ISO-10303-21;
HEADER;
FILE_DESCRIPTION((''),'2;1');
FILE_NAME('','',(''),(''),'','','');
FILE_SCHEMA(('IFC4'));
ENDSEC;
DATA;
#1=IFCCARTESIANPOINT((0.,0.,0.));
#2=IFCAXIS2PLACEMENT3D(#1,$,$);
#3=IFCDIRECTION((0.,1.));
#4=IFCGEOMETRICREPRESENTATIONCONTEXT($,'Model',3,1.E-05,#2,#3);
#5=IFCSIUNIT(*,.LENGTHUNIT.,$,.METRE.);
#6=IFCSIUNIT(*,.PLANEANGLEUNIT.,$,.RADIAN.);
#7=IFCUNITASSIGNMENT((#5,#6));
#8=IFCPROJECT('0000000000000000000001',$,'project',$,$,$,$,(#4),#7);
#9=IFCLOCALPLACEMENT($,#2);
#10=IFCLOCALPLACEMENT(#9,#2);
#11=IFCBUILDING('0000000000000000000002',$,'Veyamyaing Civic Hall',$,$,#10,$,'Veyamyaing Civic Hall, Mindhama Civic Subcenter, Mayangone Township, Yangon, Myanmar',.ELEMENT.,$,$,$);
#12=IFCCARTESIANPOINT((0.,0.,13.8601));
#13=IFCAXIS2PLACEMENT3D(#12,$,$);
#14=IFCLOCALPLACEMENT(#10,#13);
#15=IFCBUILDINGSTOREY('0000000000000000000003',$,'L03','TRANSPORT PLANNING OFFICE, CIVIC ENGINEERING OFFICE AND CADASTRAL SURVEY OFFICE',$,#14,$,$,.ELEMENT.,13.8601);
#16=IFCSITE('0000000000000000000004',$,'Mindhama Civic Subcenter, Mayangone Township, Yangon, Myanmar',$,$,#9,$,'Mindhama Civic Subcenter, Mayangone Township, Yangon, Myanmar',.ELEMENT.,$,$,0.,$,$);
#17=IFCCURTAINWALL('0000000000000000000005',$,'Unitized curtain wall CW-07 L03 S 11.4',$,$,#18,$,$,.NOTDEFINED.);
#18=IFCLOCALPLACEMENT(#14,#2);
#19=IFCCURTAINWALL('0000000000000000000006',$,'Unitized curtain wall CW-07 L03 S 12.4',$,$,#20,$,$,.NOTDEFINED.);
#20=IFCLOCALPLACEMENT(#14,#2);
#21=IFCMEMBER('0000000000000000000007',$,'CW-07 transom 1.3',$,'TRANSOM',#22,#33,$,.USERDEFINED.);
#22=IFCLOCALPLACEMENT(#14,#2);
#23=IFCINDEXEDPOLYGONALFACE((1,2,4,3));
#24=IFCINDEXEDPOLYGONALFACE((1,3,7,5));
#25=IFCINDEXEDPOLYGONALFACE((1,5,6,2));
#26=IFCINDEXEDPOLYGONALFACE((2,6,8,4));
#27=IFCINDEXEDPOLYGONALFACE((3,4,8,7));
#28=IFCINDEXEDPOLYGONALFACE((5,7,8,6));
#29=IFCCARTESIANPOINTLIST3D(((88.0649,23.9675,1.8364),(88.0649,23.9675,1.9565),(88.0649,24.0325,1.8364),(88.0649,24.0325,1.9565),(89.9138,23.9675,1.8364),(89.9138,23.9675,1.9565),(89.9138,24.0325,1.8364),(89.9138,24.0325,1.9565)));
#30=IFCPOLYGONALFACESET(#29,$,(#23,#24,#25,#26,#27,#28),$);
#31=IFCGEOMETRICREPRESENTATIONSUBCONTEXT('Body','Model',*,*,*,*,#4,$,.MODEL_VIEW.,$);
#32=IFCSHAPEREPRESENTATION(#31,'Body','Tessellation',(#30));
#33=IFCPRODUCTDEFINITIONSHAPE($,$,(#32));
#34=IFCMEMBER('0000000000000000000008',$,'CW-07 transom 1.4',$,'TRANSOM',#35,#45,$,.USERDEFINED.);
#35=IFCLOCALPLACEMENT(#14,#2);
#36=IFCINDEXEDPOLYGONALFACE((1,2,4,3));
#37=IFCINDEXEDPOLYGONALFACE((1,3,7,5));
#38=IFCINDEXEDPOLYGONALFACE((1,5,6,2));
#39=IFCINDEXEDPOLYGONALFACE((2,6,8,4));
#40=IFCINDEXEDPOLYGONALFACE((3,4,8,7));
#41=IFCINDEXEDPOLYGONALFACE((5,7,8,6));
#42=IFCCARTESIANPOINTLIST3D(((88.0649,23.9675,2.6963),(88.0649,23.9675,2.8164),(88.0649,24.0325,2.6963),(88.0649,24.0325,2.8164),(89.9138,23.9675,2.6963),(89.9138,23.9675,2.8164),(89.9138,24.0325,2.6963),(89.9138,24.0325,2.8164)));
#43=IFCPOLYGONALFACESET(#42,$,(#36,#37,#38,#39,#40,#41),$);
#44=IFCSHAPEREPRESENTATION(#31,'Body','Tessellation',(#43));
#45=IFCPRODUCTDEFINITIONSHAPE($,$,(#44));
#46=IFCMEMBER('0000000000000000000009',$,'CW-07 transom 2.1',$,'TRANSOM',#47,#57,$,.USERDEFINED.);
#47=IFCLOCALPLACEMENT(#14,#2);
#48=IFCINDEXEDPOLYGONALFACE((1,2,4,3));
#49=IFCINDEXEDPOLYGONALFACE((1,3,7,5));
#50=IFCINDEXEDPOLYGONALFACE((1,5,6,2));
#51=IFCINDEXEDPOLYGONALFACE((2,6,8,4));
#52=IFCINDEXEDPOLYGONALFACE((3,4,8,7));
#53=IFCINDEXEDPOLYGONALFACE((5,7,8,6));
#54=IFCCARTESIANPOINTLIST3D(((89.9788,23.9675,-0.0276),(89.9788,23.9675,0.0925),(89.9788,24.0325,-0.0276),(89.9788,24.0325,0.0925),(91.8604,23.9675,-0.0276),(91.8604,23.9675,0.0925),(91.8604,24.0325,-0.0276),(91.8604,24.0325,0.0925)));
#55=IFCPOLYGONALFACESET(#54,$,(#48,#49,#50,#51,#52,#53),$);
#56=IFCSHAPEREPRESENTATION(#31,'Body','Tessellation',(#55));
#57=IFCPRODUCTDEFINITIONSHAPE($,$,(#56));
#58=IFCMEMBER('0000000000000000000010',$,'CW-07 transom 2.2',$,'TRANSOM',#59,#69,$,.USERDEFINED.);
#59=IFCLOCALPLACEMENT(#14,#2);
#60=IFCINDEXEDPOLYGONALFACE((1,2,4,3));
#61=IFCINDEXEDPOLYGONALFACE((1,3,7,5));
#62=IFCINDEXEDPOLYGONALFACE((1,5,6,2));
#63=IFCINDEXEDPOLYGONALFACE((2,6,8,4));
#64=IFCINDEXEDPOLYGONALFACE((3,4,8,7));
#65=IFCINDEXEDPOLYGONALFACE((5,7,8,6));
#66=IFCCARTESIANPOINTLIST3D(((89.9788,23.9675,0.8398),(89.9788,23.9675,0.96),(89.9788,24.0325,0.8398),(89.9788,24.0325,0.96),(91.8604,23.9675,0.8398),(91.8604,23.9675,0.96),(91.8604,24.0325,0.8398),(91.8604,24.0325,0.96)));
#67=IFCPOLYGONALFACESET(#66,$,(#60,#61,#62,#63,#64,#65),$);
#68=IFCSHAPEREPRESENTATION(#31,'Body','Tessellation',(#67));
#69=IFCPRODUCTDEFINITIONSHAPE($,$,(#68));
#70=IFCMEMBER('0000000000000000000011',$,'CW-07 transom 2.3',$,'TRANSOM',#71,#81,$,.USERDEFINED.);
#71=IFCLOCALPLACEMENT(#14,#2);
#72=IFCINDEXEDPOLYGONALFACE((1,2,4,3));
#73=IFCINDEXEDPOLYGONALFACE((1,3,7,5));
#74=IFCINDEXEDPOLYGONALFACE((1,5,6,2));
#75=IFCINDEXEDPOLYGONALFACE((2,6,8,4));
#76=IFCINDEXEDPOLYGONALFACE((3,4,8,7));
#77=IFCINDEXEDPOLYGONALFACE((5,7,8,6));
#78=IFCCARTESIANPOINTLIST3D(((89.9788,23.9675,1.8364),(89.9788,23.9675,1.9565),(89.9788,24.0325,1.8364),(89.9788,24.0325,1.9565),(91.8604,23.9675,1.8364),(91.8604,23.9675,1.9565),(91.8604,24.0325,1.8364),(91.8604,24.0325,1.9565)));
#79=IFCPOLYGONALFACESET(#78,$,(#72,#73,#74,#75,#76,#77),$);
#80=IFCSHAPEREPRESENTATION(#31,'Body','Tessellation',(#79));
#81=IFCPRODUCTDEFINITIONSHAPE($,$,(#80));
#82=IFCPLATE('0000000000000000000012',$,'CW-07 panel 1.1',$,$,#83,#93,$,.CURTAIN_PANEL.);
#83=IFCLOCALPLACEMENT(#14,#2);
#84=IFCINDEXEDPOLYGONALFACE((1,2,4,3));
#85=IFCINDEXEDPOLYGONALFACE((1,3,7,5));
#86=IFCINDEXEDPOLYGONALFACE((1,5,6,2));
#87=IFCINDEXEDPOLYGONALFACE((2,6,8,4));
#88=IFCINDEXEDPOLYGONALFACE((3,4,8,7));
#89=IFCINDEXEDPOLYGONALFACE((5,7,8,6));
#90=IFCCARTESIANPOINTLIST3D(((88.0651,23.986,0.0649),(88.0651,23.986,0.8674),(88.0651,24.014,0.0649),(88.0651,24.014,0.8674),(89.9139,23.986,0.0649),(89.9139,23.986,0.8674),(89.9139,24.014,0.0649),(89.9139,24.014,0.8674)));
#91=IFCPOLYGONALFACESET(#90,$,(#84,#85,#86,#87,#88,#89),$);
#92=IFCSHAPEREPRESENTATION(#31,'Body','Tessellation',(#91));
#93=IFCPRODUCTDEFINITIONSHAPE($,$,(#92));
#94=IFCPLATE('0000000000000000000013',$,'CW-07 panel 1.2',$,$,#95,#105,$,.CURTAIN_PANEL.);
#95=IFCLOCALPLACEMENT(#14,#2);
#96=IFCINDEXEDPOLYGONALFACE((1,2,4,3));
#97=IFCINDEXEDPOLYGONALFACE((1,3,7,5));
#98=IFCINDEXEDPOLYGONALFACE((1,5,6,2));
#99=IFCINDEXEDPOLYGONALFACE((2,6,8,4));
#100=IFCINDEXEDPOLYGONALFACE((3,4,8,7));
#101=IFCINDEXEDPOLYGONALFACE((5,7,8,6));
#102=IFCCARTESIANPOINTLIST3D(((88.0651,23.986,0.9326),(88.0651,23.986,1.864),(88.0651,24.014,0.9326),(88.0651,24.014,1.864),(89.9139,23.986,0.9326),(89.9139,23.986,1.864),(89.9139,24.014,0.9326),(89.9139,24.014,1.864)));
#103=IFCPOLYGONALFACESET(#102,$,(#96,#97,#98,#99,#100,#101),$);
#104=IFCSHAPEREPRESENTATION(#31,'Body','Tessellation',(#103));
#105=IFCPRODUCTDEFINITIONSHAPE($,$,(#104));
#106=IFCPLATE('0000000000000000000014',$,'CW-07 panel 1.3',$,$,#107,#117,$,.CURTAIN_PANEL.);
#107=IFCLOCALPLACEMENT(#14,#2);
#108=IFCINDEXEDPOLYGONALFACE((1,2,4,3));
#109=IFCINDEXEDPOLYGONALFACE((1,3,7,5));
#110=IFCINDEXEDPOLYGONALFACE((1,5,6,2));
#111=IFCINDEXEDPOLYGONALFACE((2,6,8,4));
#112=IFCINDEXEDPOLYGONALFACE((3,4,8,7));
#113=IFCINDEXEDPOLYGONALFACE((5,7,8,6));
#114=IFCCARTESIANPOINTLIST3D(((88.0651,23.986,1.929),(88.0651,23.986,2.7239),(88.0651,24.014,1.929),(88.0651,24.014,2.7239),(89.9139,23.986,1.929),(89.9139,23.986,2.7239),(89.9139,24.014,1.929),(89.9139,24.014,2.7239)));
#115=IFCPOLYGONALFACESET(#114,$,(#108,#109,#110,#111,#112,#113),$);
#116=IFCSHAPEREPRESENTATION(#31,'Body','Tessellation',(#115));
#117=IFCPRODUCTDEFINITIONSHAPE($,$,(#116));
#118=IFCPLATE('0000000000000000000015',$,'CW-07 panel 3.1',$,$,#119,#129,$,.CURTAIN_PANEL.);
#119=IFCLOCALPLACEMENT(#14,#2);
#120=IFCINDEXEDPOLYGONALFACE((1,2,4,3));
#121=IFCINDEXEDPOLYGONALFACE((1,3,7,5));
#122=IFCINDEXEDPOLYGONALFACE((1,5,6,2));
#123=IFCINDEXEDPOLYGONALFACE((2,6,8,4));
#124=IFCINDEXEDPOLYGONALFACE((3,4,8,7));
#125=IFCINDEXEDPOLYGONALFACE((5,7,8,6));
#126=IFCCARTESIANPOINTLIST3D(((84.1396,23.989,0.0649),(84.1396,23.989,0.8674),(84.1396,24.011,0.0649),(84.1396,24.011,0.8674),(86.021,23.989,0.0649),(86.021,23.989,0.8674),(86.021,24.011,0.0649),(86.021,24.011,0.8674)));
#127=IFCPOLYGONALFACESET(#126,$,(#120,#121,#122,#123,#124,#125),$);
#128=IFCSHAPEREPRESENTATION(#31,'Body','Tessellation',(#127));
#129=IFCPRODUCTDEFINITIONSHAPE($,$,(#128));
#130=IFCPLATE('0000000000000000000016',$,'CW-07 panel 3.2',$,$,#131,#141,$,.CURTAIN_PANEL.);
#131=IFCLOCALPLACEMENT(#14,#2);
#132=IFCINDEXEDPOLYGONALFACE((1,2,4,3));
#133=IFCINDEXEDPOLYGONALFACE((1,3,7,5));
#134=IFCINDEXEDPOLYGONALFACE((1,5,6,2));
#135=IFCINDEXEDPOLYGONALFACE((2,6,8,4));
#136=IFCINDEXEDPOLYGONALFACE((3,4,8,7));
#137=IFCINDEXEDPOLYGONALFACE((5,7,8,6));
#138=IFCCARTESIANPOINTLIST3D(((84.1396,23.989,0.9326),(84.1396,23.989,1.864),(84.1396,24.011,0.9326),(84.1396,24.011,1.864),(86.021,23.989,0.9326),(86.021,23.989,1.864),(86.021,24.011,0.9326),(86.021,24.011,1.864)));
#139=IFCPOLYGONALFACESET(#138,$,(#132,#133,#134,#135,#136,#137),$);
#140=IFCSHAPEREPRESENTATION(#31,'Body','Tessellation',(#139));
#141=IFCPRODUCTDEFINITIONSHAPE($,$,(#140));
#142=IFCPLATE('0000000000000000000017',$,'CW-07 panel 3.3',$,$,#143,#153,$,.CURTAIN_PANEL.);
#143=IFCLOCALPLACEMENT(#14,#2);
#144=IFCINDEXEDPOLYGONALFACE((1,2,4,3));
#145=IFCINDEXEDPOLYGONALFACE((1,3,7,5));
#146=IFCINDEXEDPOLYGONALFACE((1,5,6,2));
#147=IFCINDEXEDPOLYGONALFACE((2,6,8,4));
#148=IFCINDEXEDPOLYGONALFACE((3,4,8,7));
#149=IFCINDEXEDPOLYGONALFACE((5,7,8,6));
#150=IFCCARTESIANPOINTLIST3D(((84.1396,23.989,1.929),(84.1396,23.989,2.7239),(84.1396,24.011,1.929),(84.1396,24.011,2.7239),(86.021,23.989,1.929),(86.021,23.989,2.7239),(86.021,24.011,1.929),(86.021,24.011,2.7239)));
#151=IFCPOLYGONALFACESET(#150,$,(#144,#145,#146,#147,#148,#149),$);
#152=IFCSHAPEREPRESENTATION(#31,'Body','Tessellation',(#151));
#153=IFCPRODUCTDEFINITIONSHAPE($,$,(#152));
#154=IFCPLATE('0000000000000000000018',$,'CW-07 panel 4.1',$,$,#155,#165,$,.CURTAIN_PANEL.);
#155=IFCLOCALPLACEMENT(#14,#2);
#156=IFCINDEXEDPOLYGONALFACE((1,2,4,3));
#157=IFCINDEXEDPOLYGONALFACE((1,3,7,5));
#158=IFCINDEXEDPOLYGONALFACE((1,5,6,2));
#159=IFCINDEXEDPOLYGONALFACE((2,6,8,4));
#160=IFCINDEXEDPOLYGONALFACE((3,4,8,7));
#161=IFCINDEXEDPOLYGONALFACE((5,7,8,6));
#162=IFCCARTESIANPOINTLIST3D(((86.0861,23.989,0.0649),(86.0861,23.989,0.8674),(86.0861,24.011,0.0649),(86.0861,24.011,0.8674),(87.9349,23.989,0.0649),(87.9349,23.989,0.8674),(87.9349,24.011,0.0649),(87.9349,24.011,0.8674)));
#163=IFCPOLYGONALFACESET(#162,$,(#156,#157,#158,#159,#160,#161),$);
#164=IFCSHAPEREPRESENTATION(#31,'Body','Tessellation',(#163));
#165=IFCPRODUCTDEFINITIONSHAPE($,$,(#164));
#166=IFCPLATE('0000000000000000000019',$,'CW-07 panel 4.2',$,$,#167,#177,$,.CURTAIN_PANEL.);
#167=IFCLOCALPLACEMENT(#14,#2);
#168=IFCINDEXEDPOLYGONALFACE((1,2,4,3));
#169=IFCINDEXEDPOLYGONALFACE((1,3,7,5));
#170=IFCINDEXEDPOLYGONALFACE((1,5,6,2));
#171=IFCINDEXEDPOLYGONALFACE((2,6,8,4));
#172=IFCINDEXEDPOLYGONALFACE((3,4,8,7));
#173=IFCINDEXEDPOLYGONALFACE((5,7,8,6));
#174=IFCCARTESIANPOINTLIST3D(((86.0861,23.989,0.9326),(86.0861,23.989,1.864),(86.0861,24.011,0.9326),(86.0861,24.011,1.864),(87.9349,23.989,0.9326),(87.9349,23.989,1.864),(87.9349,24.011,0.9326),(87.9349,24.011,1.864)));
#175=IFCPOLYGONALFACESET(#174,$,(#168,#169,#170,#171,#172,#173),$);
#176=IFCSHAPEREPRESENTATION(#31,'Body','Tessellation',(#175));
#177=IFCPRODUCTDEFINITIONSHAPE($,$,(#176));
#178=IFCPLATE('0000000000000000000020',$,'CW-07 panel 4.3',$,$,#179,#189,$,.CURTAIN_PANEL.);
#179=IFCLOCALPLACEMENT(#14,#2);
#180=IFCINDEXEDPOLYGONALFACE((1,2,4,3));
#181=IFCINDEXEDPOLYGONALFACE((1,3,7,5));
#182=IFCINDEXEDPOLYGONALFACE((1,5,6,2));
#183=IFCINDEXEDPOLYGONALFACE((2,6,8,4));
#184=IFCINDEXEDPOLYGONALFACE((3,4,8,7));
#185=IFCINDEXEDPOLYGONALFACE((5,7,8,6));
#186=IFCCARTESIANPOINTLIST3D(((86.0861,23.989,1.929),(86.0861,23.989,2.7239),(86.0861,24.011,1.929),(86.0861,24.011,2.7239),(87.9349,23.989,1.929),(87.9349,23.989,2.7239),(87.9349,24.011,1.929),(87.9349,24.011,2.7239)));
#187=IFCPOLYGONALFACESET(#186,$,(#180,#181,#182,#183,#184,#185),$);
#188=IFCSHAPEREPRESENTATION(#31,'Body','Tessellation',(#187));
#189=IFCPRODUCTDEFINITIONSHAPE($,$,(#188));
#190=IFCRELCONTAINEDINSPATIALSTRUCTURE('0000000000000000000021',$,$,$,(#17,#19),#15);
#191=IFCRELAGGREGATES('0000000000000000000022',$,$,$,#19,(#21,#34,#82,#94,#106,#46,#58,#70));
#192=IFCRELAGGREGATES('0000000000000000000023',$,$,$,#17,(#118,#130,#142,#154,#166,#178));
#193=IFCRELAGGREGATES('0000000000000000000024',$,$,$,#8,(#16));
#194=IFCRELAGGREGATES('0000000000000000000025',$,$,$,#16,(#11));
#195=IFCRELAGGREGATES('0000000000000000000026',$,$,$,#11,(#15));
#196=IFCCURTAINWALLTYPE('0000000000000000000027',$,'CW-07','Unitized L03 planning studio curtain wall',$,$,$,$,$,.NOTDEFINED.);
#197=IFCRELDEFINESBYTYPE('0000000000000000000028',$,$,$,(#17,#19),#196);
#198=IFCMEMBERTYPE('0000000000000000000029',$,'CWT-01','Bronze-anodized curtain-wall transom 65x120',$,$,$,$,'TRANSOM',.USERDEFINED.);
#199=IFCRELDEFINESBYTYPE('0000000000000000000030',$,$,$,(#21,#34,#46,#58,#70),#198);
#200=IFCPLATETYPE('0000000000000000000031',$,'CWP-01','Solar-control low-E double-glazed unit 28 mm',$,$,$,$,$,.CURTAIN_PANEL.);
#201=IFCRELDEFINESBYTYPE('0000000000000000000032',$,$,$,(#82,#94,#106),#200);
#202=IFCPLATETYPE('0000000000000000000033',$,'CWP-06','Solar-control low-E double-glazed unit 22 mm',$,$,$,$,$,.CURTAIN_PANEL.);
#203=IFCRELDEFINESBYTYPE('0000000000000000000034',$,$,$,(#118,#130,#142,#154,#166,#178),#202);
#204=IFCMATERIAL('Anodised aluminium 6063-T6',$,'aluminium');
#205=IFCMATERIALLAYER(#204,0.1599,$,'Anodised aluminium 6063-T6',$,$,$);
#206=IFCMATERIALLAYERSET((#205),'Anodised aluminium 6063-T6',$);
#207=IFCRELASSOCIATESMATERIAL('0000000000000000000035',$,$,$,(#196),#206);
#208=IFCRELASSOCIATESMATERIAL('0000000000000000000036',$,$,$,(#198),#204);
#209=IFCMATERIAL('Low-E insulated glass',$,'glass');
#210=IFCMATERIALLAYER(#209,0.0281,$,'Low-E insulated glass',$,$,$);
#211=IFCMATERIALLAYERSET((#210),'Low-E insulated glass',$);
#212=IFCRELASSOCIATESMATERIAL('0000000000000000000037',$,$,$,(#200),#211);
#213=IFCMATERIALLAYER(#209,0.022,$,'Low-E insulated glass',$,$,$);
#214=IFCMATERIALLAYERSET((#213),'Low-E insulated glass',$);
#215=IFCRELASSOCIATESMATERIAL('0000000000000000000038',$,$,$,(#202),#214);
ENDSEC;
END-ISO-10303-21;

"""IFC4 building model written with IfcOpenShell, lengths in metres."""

from ifc_helpers import new_model, si_unit, direction, frame, origin, origin_2d, place, context, subcontext, project, spatial, rectangle, extrude, material, layer, layer_set, material_profile, profile_set, type_object, element, aggregate, save


model = new_model("IFC4")

# Units and contexts
model_context = context("Model", 3, precision=1e-05, world=origin(), true_north=direction((0.0, 1.0)))
body_context = subcontext(model_context, "Body", "Model", "MODEL_VIEW")
ifc_project = project(units=[si_unit("LENGTHUNIT", "METRE"), si_unit("PLANEANGLEUNIT", "RADIAN")], contexts=[model_context])

# Site, building, storey
site_placement = place(None, origin())
site = spatial("IfcSite", under=ifc_project, at=site_placement, Name="Mindhama Civic Subcenter, Mayangone Township, Yangon, Myanmar", LongName="Mindhama Civic Subcenter, Mayangone Township, Yangon, Myanmar", CompositionType="ELEMENT", RefElevation=0.0)
building_placement = place(site_placement, origin())
building = spatial("IfcBuilding", under=site, at=building_placement, Name="Veyamyaing Civic Hall", LongName="Veyamyaing Civic Hall, Mindhama Civic Subcenter, Mayangone Township, Yangon, Myanmar", CompositionType="ELEMENT")
storey_placement = place(building_placement, frame((0.0, 0.0, 13.8601)))
storey = spatial("IfcBuildingStorey", under=building, at=storey_placement, Name="L03", Description="TRANSPORT PLANNING OFFICE, CIVIC ENGINEERING OFFICE AND CADASTRAL SURVEY OFFICE", CompositionType="ELEMENT", Elevation=13.8601)

# Curtain walls
ifc_material_1 = material(Name="Anodised aluminium 6063-T6", Category="aluminium")
ifc_layer_1 = layer(ifc_material_1, 0.1599, Name="Anodised aluminium 6063-T6")
ifc_layer_set_1 = layer_set([ifc_layer_1], Name="Anodised aluminium 6063-T6")
curtain_wall_type = type_object("IfcCurtainWallType", Name="CW-07", Description="Unitized L03 planning studio curtain wall", PredefinedType="NOTDEFINED", material=ifc_layer_set_1)
curtain_wall_1_placement = place(storey_placement, origin())
curtain_wall_1 = element("IfcCurtainWall", 1, at=curtain_wall_1_placement, inside=storey, type_object=curtain_wall_type, Name="Unitized curtain wall CW-07 L03 S 11.4", PredefinedType="NOTDEFINED")
curtain_wall_2_placement = place(storey_placement, origin())
curtain_wall_2 = element("IfcCurtainWall", 2, at=curtain_wall_2_placement, inside=storey, type_object=curtain_wall_type, Name="Unitized curtain wall CW-07 L03 S 12.4", PredefinedType="NOTDEFINED")

# Members
ifc_material_profile_1 = material_profile(ifc_material_1, rectangle(XDim=0.0649, YDim=0.1201, at=origin_2d()), Name="ALU-TRN-65X120")
ifc_profile_set_1 = profile_set([ifc_material_profile_1], Name="Anodised aluminium 6063-T6")
member_type_1 = type_object("IfcMemberType", Name="CWT-01", Description="Bronze-anodized curtain-wall transom 65x120", ElementType="TRANSOM", PredefinedType="USERDEFINED", material=ifc_profile_set_1)
member_1_placement = place(storey_placement, frame((88.0649, 24.0, 1.8965), z_axis=(1.0, 0.0, 0.0), x_axis=(0.0, 1.0, 0.0)))
member_1 = element("IfcMember", 3, at=member_1_placement, type_object=member_type_1, Name="CW-07 transom 1.3", ObjectType="TRANSOM", PredefinedType="USERDEFINED", context=body_context, shape_type="SweptSolid", body=[
    extrude(rectangle(XDim=0.0649, YDim=0.1201, at=origin_2d()), origin(), (0.0, 0.0, 1.0), 1.8489),
])
member_2_placement = place(storey_placement, frame((88.0649, 24.0, 2.7563), z_axis=(1.0, 0.0, 0.0), x_axis=(0.0, 1.0, 0.0)))
member_2 = element("IfcMember", 4, at=member_2_placement, type_object=member_type_1, Name="CW-07 transom 1.4", ObjectType="TRANSOM", PredefinedType="USERDEFINED", context=body_context, shape_type="SweptSolid", body=[
    extrude(rectangle(XDim=0.0649, YDim=0.1201, at=origin_2d()), origin(), (0.0, 0.0, 1.0), 1.8489),
])
member_3_placement = place(storey_placement, frame((89.9788, 24.0, 0.0325), z_axis=(1.0, 0.0, 0.0), x_axis=(0.0, 1.0, 0.0)))
member_3 = element("IfcMember", 5, at=member_3_placement, type_object=member_type_1, Name="CW-07 transom 2.1", ObjectType="TRANSOM", PredefinedType="USERDEFINED", context=body_context, shape_type="SweptSolid", body=[
    extrude(rectangle(XDim=0.0649, YDim=0.1201, at=origin_2d()), origin(), (0.0, 0.0, 1.0), 1.8816),
])
member_4_placement = place(storey_placement, frame((89.9788, 24.0, 0.8999), z_axis=(1.0, 0.0, 0.0), x_axis=(0.0, 1.0, 0.0)))
member_4 = element("IfcMember", 6, at=member_4_placement, type_object=member_type_1, Name="CW-07 transom 2.2", ObjectType="TRANSOM", PredefinedType="USERDEFINED", context=body_context, shape_type="SweptSolid", body=[
    extrude(rectangle(XDim=0.0649, YDim=0.1201, at=origin_2d()), origin(), (0.0, 0.0, 1.0), 1.8816),
])
member_5_placement = place(storey_placement, frame((89.9788, 24.0, 1.8965), z_axis=(1.0, 0.0, 0.0), x_axis=(0.0, 1.0, 0.0)))
member_5 = element("IfcMember", 7, at=member_5_placement, type_object=member_type_1, Name="CW-07 transom 2.3", ObjectType="TRANSOM", PredefinedType="USERDEFINED", context=body_context, shape_type="SweptSolid", body=[
    extrude(rectangle(XDim=0.0649, YDim=0.1201, at=origin_2d()), origin(), (0.0, 0.0, 1.0), 1.8816),
])

# Plates
ifc_material_2 = material(Name="Low-E insulated glass", Category="glass")
ifc_layer_2 = layer(ifc_material_2, 0.0281, Name="Low-E insulated glass")
ifc_layer_set_2 = layer_set([ifc_layer_2], Name="Low-E insulated glass")
plate_type_1 = type_object("IfcPlateType", Name="CWP-01", Description="Solar-control low-E double-glazed unit 28 mm", PredefinedType="CURTAIN_PANEL", material=ifc_layer_set_2)
plate_1_placement = place(storey_placement, frame((88.9895, 24.0, 0.0649), z_axis=(0.0, 0.0, 1.0), x_axis=(1.0, 0.0, 0.0)))
plate_1 = element("IfcPlate", 8, at=plate_1_placement, type_object=plate_type_1, Name="CW-07 panel 1.1", PredefinedType="CURTAIN_PANEL", context=body_context, shape_type="SweptSolid", body=[
    extrude(rectangle(XDim=1.8489, YDim=0.0281, at=origin_2d()), origin(), (0.0, 0.0, 1.0), 0.8025),
])
plate_2_placement = place(storey_placement, frame((88.9895, 24.0, 0.9326), z_axis=(0.0, 0.0, 1.0), x_axis=(1.0, 0.0, 0.0)))
plate_2 = element("IfcPlate", 9, at=plate_2_placement, type_object=plate_type_1, Name="CW-07 panel 1.2", PredefinedType="CURTAIN_PANEL", context=body_context, shape_type="SweptSolid", body=[
    extrude(rectangle(XDim=1.8489, YDim=0.0281, at=origin_2d()), origin(), (0.0, 0.0, 1.0), 0.9314),
])
plate_3_placement = place(storey_placement, frame((88.9895, 24.0, 1.929), z_axis=(0.0, 0.0, 1.0), x_axis=(1.0, 0.0, 0.0)))
plate_3 = element("IfcPlate", 10, at=plate_3_placement, type_object=plate_type_1, Name="CW-07 panel 1.3", PredefinedType="CURTAIN_PANEL", context=body_context, shape_type="SweptSolid", body=[
    extrude(rectangle(XDim=1.8489, YDim=0.0281, at=origin_2d()), origin(), (0.0, 0.0, 1.0), 0.7949),
])
aggregate(curtain_wall_2, [member_1, member_2, plate_1, plate_2, plate_3, member_3, member_4, member_5])
ifc_layer_3 = layer(ifc_material_2, 0.022, Name="Low-E insulated glass")
ifc_layer_set_3 = layer_set([ifc_layer_3], Name="Low-E insulated glass")
plate_type_2 = type_object("IfcPlateType", Name="CWP-06", Description="Solar-control low-E double-glazed unit 22 mm", PredefinedType="CURTAIN_PANEL", material=ifc_layer_set_3)
plate_4_placement = place(storey_placement, frame((85.0803, 24.0, 0.0649), z_axis=(0.0, 0.0, 1.0), x_axis=(1.0, 0.0, 0.0)))
plate_4 = element("IfcPlate", 11, at=plate_4_placement, type_object=plate_type_2, Name="CW-07 panel 3.1", PredefinedType="CURTAIN_PANEL", context=body_context, shape_type="SweptSolid", body=[
    extrude(rectangle(XDim=1.8813, YDim=0.022, at=origin_2d()), origin(), (0.0, 0.0, 1.0), 0.8025),
])
plate_5_placement = place(storey_placement, frame((85.0803, 24.0, 0.9326), z_axis=(0.0, 0.0, 1.0), x_axis=(1.0, 0.0, 0.0)))
plate_5 = element("IfcPlate", 12, at=plate_5_placement, type_object=plate_type_2, Name="CW-07 panel 3.2", PredefinedType="CURTAIN_PANEL", context=body_context, shape_type="SweptSolid", body=[
    extrude(rectangle(XDim=1.8813, YDim=0.022, at=origin_2d()), origin(), (0.0, 0.0, 1.0), 0.9314),
])
plate_6_placement = place(storey_placement, frame((85.0803, 24.0, 1.929), z_axis=(0.0, 0.0, 1.0), x_axis=(1.0, 0.0, 0.0)))
plate_6 = element("IfcPlate", 13, at=plate_6_placement, type_object=plate_type_2, Name="CW-07 panel 3.3", PredefinedType="CURTAIN_PANEL", context=body_context, shape_type="SweptSolid", body=[
    extrude(rectangle(XDim=1.8813, YDim=0.022, at=origin_2d()), origin(), (0.0, 0.0, 1.0), 0.7949),
])
plate_7_placement = place(storey_placement, frame((87.0105, 24.0, 0.0649), z_axis=(0.0, 0.0, 1.0), x_axis=(1.0, 0.0, 0.0)))
plate_7 = element("IfcPlate", 14, at=plate_7_placement, type_object=plate_type_2, Name="CW-07 panel 4.1", PredefinedType="CURTAIN_PANEL", context=body_context, shape_type="SweptSolid", body=[
    extrude(rectangle(XDim=1.8489, YDim=0.022, at=origin_2d()), origin(), (0.0, 0.0, 1.0), 0.8025),
])
plate_8_placement = place(storey_placement, frame((87.0105, 24.0, 0.9326), z_axis=(0.0, 0.0, 1.0), x_axis=(1.0, 0.0, 0.0)))
plate_8 = element("IfcPlate", 15, at=plate_8_placement, type_object=plate_type_2, Name="CW-07 panel 4.2", PredefinedType="CURTAIN_PANEL", context=body_context, shape_type="SweptSolid", body=[
    extrude(rectangle(XDim=1.8489, YDim=0.022, at=origin_2d()), origin(), (0.0, 0.0, 1.0), 0.9314),
])
plate_9_placement = place(storey_placement, frame((87.0105, 24.0, 1.929), z_axis=(0.0, 0.0, 1.0), x_axis=(1.0, 0.0, 0.0)))
plate_9 = element("IfcPlate", 16, at=plate_9_placement, type_object=plate_type_2, Name="CW-07 panel 4.3", PredefinedType="CURTAIN_PANEL", context=body_context, shape_type="SweptSolid", body=[
    extrude(rectangle(XDim=1.8489, YDim=0.022, at=origin_2d()), origin(), (0.0, 0.0, 1.0), 0.7949),
])
aggregate(curtain_wall_1, [plate_4, plate_5, plate_6, plate_7, plate_8, plate_9])

save(model, "model.ifc")
